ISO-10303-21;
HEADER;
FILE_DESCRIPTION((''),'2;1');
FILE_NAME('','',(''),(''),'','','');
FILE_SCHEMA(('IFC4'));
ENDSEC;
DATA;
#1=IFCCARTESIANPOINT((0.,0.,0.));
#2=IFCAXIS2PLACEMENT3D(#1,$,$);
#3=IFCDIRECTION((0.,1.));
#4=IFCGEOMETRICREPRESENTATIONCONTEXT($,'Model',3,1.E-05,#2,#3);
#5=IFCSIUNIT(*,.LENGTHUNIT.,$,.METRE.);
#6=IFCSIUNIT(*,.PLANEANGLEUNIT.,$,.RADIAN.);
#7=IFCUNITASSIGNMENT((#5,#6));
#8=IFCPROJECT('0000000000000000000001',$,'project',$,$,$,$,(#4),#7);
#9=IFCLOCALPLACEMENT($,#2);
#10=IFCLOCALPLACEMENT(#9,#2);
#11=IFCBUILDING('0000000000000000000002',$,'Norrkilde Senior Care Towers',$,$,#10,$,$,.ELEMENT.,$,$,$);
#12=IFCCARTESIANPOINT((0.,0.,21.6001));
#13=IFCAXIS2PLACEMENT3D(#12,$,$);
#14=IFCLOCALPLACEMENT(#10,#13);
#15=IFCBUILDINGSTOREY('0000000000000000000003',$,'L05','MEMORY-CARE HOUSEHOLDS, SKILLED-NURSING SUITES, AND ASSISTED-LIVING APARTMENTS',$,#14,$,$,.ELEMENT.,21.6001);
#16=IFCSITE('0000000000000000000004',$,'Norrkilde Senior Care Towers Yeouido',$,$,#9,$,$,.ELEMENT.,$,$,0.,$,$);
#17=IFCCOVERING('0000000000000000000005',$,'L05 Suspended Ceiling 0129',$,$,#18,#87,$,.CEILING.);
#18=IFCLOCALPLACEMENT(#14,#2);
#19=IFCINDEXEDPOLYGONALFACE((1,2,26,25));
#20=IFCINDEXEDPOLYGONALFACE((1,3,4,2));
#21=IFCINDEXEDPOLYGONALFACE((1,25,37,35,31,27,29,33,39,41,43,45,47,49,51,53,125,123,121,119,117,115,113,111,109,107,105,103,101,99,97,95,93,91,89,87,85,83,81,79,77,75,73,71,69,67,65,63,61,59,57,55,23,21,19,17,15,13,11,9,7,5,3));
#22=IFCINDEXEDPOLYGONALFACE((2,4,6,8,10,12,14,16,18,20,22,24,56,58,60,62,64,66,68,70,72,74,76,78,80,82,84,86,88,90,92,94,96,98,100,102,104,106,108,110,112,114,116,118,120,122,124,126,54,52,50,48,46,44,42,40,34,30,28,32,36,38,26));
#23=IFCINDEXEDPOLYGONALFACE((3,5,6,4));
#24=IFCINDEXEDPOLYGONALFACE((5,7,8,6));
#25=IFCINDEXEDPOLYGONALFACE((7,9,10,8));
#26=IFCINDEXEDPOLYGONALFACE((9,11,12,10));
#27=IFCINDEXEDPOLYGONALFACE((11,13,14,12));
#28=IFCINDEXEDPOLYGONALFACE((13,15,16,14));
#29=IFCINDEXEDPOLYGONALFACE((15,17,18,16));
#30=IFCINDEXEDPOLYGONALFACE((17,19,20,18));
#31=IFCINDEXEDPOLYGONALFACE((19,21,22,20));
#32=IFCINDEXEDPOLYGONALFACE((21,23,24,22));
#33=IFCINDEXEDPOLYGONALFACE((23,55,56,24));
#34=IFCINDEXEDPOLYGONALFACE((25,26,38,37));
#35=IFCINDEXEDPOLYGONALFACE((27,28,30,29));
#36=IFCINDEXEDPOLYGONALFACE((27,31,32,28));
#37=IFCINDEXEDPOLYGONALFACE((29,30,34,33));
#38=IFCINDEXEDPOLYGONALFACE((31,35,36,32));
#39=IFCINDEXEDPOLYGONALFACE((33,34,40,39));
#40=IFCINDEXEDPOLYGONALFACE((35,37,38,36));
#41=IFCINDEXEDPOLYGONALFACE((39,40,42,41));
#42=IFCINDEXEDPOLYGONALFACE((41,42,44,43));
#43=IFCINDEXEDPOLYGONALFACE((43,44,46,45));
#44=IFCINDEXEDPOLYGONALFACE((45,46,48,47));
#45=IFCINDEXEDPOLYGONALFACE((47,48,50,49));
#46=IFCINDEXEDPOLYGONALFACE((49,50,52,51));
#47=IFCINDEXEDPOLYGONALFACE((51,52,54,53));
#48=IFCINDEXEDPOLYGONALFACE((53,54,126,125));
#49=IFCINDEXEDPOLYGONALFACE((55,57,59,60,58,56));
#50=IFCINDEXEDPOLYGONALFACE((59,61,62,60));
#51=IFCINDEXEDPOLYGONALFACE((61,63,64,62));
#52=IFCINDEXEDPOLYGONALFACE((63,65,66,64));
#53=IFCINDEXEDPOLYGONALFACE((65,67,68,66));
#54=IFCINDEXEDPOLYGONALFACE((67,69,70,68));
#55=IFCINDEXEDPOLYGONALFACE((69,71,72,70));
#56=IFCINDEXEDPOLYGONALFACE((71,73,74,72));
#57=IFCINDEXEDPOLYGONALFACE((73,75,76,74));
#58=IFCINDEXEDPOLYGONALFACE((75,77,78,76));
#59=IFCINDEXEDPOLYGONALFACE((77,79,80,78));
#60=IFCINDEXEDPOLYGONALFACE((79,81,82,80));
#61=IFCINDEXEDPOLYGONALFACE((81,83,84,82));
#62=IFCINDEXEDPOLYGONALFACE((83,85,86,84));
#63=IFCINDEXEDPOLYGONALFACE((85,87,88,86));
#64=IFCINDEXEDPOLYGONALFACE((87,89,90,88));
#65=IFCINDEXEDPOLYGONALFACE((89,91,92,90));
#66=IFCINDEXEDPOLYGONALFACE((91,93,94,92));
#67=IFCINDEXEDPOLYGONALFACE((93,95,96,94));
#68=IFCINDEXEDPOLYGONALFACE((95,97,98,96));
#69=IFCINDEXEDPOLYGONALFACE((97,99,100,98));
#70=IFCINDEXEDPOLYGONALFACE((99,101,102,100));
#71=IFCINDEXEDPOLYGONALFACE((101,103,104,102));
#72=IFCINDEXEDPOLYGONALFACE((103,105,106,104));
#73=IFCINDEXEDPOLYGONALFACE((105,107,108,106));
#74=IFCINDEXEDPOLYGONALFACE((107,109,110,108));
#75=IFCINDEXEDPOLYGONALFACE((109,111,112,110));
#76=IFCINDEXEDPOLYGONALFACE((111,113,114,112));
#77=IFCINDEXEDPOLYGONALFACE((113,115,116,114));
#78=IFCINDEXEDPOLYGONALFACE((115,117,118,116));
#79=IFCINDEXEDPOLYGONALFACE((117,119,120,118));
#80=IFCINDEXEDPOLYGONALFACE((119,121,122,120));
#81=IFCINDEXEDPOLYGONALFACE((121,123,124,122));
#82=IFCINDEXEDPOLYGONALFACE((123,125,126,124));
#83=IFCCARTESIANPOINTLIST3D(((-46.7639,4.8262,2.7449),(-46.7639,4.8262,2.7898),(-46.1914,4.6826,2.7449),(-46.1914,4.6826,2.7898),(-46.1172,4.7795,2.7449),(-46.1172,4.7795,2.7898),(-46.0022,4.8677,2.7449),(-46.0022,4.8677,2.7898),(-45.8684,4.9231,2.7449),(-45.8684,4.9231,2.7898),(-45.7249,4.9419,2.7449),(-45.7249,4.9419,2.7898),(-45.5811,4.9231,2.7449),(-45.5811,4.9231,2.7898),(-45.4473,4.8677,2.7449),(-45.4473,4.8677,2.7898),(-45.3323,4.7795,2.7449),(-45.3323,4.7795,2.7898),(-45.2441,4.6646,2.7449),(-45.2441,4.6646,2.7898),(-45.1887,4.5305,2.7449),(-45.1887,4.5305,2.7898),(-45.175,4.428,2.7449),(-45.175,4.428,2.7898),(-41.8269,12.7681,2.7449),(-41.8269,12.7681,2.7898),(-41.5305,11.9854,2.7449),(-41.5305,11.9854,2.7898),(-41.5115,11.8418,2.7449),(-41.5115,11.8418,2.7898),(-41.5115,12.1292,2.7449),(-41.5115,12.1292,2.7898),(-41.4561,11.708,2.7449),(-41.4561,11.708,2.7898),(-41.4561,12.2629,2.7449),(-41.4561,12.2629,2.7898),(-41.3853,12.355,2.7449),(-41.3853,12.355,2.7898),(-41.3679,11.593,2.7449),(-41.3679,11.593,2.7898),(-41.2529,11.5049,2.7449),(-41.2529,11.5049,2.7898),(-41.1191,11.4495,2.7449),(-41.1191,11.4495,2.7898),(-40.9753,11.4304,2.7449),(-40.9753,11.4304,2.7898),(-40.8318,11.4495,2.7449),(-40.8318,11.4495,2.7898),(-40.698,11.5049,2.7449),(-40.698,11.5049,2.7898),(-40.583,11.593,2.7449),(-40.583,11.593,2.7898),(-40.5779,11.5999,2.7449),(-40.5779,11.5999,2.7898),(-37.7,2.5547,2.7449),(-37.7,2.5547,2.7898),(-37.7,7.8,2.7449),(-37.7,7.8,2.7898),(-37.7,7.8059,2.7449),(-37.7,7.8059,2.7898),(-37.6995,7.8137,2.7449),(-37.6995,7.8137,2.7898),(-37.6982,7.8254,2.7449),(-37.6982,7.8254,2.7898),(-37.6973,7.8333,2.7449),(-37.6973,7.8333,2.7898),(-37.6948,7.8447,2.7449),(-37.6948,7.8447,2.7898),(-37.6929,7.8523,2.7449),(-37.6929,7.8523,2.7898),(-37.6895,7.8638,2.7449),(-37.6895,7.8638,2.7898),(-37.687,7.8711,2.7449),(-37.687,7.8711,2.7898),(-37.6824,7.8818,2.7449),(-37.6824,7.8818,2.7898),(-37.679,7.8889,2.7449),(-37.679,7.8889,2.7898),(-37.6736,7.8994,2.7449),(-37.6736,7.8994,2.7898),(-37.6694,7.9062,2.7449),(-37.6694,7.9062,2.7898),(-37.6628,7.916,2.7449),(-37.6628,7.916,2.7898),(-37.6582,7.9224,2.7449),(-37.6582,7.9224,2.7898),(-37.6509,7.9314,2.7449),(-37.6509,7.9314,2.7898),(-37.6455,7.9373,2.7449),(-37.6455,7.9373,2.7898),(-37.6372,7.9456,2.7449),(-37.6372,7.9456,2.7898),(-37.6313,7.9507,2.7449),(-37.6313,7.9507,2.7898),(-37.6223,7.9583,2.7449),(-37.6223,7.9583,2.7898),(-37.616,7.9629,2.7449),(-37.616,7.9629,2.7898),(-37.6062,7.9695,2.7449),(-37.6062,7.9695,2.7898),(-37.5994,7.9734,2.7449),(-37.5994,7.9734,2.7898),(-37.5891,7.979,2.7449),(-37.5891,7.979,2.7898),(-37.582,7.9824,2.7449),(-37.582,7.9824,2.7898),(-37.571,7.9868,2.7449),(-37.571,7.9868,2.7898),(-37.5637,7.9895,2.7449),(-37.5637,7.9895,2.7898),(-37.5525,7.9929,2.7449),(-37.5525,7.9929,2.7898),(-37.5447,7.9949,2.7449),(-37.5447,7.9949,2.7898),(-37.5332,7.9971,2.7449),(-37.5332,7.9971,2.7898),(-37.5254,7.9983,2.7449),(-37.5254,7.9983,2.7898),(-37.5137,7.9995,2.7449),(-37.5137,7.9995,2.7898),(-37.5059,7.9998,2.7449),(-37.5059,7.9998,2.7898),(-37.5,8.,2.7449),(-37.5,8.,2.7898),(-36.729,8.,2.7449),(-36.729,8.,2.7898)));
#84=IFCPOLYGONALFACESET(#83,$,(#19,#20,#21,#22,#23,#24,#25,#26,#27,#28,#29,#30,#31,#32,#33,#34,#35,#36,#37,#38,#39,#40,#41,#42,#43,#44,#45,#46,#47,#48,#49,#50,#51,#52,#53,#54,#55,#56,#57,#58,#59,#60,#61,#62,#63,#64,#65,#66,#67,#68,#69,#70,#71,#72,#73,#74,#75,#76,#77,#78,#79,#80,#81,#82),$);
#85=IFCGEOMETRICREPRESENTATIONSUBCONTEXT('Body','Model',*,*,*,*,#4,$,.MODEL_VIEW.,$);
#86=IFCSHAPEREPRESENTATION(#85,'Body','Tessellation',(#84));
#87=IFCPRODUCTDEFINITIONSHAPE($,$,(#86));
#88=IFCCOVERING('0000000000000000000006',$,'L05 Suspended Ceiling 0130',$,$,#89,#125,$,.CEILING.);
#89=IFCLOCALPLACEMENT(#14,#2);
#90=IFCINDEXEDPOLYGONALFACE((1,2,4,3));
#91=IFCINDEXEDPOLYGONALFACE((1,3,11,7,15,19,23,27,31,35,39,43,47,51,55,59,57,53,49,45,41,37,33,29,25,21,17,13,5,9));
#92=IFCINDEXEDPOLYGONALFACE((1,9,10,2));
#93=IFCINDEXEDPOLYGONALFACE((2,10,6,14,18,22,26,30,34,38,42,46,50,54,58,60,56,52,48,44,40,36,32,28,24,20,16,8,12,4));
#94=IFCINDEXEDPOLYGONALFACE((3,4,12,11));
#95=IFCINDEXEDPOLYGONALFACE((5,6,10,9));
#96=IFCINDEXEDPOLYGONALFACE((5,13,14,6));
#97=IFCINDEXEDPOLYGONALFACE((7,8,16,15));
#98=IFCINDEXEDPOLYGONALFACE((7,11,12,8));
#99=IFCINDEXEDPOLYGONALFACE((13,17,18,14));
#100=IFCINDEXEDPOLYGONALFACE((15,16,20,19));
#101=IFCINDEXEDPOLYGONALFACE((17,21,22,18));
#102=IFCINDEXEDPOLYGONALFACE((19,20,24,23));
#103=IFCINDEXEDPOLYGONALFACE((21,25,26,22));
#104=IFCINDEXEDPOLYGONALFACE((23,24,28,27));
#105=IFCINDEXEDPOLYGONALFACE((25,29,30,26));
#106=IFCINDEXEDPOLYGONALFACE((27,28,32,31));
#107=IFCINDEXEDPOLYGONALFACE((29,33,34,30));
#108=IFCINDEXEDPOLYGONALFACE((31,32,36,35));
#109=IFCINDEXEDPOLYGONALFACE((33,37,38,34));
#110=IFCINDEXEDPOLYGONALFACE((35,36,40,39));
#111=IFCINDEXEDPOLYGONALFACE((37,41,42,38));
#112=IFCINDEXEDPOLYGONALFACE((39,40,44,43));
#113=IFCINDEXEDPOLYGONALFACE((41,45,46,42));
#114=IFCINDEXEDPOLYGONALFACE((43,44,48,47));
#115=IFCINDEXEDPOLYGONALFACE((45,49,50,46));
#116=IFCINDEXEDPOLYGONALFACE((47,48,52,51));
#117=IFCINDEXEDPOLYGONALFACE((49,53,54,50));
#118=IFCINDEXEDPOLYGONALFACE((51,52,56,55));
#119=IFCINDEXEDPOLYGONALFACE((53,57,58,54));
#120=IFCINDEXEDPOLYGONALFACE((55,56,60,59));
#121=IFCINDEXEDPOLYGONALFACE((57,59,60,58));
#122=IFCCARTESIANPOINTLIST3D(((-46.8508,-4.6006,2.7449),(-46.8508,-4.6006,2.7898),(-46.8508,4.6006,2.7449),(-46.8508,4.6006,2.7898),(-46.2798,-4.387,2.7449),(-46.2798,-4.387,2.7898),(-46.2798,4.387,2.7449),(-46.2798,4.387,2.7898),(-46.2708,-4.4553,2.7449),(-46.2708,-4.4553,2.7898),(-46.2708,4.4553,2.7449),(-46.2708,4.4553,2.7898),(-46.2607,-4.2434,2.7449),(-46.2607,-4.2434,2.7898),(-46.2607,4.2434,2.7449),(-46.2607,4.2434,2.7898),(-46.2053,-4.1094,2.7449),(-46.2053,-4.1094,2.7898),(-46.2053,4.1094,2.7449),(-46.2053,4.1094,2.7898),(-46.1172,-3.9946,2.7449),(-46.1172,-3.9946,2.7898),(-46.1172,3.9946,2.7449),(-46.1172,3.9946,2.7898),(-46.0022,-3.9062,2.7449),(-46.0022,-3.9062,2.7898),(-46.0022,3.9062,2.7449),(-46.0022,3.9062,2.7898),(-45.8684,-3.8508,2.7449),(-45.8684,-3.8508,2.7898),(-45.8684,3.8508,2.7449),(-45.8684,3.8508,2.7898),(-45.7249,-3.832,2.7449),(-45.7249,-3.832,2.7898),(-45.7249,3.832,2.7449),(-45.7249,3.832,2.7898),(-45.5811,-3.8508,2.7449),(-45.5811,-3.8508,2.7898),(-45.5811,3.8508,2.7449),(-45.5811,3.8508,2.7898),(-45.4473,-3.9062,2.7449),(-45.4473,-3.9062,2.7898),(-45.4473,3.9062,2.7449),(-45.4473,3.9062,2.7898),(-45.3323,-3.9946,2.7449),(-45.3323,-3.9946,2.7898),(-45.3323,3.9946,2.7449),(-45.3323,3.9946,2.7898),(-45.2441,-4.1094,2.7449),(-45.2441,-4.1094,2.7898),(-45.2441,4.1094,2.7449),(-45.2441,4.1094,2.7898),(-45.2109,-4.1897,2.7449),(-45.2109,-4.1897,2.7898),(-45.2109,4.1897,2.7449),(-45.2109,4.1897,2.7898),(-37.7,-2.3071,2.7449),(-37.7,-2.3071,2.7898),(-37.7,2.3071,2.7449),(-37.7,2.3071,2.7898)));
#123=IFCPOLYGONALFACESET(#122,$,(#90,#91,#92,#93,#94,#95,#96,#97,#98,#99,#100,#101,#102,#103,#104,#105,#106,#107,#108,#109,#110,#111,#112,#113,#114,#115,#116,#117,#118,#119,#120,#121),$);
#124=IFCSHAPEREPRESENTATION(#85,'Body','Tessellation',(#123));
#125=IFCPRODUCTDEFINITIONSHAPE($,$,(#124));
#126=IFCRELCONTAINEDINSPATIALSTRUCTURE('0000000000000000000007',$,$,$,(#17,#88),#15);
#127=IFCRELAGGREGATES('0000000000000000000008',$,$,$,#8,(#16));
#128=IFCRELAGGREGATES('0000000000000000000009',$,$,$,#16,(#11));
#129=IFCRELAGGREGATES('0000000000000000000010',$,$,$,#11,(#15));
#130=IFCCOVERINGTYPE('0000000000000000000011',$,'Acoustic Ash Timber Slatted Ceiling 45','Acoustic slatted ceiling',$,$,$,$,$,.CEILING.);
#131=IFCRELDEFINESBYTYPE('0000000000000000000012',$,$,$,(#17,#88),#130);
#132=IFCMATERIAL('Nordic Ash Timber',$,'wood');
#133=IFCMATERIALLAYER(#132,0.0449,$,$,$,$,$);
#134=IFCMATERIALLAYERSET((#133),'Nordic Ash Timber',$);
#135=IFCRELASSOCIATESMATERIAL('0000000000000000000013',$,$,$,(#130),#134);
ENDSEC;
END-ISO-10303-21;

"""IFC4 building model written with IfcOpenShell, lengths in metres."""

from ifc_helpers import new_model, si_unit, direction, frame, origin, place, context, subcontext, project, spatial, polyline, outline, extrude, material, layer, layer_set, type_object, element, save


model = new_model("IFC4")

# Units and contexts
model_context = context("Model", 3, precision=1e-05, world=origin(), true_north=direction((0.0, 1.0)))
body_context = subcontext(model_context, "Body", "Model", "MODEL_VIEW")
ifc_project = project(units=[si_unit("LENGTHUNIT", "METRE"), si_unit("PLANEANGLEUNIT", "RADIAN")], contexts=[model_context])

# Site, building, storey
site_placement = place(None, origin())
site = spatial("IfcSite", under=ifc_project, at=site_placement, Name="Norrkilde Senior Care Towers Yeouido", CompositionType="ELEMENT", RefElevation=0.0)
building_placement = place(site_placement, origin())
building = spatial("IfcBuilding", under=site, at=building_placement, Name="Norrkilde Senior Care Towers", CompositionType="ELEMENT")
storey_placement = place(building_placement, frame((0.0, 0.0, 21.6001)))
storey = spatial("IfcBuildingStorey", under=building, at=storey_placement, Name="L05", Description="MEMORY-CARE HOUSEHOLDS, SKILLED-NURSING SUITES, AND ASSISTED-LIVING APARTMENTS", CompositionType="ELEMENT", Elevation=21.6001)

# Coverings
ifc_material_1 = material(Name="Nordic Ash Timber", Category="wood")
ifc_layer_1 = layer(ifc_material_1, 0.0449)
ifc_layer_set_1 = layer_set([ifc_layer_1], Name="Nordic Ash Timber")
covering_type_1 = type_object("IfcCoveringType", Name="Acoustic Ash Timber Slatted Ceiling 45", Description="Acoustic slatted ceiling", PredefinedType="CEILING", material=ifc_layer_set_1)
covering_1_placement = place(storey_placement, frame((0.0, 0.0, 2.7449)))
element("IfcCovering", 1, at=covering_1_placement, inside=storey, type_object=covering_type_1, Name="L05 Suspended Ceiling 0129", PredefinedType="CEILING", context=body_context, shape_type="SweptSolid", body=[
    extrude(outline(polyline([(-37.5447, 7.9949), (-37.5525, 7.9929), (-37.5637, 7.9895), (-37.571, 7.9868), (-37.582, 7.9824), (-37.5891, 7.979), (-37.5994, 7.9734), (-37.6062, 7.9695), (-37.616, 7.9629), (-37.6223, 7.9583), (-37.6313, 7.9507), (-37.6372, 7.9456), (-37.6455, 7.9373), (-37.6509, 7.9314), (-37.6582, 7.9224), (-37.6628, 7.916), (-37.6694, 7.9062), (-37.6736, 7.8994), (-37.679, 7.8889), (-37.6824, 7.8818), (-37.687, 7.8711), (-37.6895, 7.8638), (-37.6929, 7.8523), (-37.6948, 7.8447), (-37.6973, 7.8333), (-37.6982, 7.8254), (-37.6995, 7.8137), (-37.7, 7.8059), (-37.7, 7.8), (-37.7, 2.5547), (-45.175, 4.428), (-45.1887, 4.5305), (-45.2441, 4.6646), (-45.3323, 4.7795), (-45.4473, 4.8677), (-45.5811, 4.9231), (-45.7249, 4.9419), (-45.8684, 4.9231), (-46.0022, 4.8677), (-46.1172, 4.7795), (-46.1914, 4.6826), (-46.7639, 4.8262), (-41.8269, 12.7681), (-41.3853, 12.355), (-41.4561, 12.2629), (-41.5115, 12.1292), (-41.5305, 11.9854), (-41.5115, 11.8418), (-41.4561, 11.708), (-41.3679, 11.593), (-41.2529, 11.5049), (-41.1191, 11.4495), (-40.9753, 11.4304), (-40.8318, 11.4495), (-40.698, 11.5049), (-40.583, 11.593), (-40.5779, 11.5999), (-36.729, 8.0), (-37.5, 8.0), (-37.5059, 7.9998), (-37.5137, 7.9995), (-37.5254, 7.9983), (-37.5332, 7.9971), (-37.5447, 7.9949)])), origin(), (0.0, 0.0, 1.0), 0.0449),
])
covering_2_placement = place(storey_placement, frame((0.0, 0.0, 2.7449)))
element("IfcCovering", 2, at=covering_2_placement, inside=storey, type_object=covering_type_1, Name="L05 Suspended Ceiling 0130", PredefinedType="CEILING", context=body_context, shape_type="SweptSolid", body=[
    extrude(outline(polyline([(-46.2798, 4.387), (-46.2607, 4.2434), (-46.2053, 4.1094), (-46.1172, 3.9946), (-46.0022, 3.9062), (-45.8684, 3.8508), (-45.7249, 3.832), (-45.5811, 3.8508), (-45.4473, 3.9062), (-45.3323, 3.9946), (-45.2441, 4.1094), (-45.2109, 4.1897), (-37.7, 2.3071), (-37.7, -2.3071), (-45.2109, -4.1897), (-45.2441, -4.1094), (-45.3323, -3.9946), (-45.4473, -3.9062), (-45.5811, -3.8508), (-45.7249, -3.832), (-45.8684, -3.8508), (-46.0022, -3.9062), (-46.1172, -3.9946), (-46.2053, -4.1094), (-46.2607, -4.2434), (-46.2798, -4.387), (-46.2708, -4.4553), (-46.8508, -4.6006), (-46.8508, 4.6006), (-46.2708, 4.4553), (-46.2798, 4.387)])), origin(), (0.0, 0.0, 1.0), 0.0449),
])

save(model, "model.ifc")
